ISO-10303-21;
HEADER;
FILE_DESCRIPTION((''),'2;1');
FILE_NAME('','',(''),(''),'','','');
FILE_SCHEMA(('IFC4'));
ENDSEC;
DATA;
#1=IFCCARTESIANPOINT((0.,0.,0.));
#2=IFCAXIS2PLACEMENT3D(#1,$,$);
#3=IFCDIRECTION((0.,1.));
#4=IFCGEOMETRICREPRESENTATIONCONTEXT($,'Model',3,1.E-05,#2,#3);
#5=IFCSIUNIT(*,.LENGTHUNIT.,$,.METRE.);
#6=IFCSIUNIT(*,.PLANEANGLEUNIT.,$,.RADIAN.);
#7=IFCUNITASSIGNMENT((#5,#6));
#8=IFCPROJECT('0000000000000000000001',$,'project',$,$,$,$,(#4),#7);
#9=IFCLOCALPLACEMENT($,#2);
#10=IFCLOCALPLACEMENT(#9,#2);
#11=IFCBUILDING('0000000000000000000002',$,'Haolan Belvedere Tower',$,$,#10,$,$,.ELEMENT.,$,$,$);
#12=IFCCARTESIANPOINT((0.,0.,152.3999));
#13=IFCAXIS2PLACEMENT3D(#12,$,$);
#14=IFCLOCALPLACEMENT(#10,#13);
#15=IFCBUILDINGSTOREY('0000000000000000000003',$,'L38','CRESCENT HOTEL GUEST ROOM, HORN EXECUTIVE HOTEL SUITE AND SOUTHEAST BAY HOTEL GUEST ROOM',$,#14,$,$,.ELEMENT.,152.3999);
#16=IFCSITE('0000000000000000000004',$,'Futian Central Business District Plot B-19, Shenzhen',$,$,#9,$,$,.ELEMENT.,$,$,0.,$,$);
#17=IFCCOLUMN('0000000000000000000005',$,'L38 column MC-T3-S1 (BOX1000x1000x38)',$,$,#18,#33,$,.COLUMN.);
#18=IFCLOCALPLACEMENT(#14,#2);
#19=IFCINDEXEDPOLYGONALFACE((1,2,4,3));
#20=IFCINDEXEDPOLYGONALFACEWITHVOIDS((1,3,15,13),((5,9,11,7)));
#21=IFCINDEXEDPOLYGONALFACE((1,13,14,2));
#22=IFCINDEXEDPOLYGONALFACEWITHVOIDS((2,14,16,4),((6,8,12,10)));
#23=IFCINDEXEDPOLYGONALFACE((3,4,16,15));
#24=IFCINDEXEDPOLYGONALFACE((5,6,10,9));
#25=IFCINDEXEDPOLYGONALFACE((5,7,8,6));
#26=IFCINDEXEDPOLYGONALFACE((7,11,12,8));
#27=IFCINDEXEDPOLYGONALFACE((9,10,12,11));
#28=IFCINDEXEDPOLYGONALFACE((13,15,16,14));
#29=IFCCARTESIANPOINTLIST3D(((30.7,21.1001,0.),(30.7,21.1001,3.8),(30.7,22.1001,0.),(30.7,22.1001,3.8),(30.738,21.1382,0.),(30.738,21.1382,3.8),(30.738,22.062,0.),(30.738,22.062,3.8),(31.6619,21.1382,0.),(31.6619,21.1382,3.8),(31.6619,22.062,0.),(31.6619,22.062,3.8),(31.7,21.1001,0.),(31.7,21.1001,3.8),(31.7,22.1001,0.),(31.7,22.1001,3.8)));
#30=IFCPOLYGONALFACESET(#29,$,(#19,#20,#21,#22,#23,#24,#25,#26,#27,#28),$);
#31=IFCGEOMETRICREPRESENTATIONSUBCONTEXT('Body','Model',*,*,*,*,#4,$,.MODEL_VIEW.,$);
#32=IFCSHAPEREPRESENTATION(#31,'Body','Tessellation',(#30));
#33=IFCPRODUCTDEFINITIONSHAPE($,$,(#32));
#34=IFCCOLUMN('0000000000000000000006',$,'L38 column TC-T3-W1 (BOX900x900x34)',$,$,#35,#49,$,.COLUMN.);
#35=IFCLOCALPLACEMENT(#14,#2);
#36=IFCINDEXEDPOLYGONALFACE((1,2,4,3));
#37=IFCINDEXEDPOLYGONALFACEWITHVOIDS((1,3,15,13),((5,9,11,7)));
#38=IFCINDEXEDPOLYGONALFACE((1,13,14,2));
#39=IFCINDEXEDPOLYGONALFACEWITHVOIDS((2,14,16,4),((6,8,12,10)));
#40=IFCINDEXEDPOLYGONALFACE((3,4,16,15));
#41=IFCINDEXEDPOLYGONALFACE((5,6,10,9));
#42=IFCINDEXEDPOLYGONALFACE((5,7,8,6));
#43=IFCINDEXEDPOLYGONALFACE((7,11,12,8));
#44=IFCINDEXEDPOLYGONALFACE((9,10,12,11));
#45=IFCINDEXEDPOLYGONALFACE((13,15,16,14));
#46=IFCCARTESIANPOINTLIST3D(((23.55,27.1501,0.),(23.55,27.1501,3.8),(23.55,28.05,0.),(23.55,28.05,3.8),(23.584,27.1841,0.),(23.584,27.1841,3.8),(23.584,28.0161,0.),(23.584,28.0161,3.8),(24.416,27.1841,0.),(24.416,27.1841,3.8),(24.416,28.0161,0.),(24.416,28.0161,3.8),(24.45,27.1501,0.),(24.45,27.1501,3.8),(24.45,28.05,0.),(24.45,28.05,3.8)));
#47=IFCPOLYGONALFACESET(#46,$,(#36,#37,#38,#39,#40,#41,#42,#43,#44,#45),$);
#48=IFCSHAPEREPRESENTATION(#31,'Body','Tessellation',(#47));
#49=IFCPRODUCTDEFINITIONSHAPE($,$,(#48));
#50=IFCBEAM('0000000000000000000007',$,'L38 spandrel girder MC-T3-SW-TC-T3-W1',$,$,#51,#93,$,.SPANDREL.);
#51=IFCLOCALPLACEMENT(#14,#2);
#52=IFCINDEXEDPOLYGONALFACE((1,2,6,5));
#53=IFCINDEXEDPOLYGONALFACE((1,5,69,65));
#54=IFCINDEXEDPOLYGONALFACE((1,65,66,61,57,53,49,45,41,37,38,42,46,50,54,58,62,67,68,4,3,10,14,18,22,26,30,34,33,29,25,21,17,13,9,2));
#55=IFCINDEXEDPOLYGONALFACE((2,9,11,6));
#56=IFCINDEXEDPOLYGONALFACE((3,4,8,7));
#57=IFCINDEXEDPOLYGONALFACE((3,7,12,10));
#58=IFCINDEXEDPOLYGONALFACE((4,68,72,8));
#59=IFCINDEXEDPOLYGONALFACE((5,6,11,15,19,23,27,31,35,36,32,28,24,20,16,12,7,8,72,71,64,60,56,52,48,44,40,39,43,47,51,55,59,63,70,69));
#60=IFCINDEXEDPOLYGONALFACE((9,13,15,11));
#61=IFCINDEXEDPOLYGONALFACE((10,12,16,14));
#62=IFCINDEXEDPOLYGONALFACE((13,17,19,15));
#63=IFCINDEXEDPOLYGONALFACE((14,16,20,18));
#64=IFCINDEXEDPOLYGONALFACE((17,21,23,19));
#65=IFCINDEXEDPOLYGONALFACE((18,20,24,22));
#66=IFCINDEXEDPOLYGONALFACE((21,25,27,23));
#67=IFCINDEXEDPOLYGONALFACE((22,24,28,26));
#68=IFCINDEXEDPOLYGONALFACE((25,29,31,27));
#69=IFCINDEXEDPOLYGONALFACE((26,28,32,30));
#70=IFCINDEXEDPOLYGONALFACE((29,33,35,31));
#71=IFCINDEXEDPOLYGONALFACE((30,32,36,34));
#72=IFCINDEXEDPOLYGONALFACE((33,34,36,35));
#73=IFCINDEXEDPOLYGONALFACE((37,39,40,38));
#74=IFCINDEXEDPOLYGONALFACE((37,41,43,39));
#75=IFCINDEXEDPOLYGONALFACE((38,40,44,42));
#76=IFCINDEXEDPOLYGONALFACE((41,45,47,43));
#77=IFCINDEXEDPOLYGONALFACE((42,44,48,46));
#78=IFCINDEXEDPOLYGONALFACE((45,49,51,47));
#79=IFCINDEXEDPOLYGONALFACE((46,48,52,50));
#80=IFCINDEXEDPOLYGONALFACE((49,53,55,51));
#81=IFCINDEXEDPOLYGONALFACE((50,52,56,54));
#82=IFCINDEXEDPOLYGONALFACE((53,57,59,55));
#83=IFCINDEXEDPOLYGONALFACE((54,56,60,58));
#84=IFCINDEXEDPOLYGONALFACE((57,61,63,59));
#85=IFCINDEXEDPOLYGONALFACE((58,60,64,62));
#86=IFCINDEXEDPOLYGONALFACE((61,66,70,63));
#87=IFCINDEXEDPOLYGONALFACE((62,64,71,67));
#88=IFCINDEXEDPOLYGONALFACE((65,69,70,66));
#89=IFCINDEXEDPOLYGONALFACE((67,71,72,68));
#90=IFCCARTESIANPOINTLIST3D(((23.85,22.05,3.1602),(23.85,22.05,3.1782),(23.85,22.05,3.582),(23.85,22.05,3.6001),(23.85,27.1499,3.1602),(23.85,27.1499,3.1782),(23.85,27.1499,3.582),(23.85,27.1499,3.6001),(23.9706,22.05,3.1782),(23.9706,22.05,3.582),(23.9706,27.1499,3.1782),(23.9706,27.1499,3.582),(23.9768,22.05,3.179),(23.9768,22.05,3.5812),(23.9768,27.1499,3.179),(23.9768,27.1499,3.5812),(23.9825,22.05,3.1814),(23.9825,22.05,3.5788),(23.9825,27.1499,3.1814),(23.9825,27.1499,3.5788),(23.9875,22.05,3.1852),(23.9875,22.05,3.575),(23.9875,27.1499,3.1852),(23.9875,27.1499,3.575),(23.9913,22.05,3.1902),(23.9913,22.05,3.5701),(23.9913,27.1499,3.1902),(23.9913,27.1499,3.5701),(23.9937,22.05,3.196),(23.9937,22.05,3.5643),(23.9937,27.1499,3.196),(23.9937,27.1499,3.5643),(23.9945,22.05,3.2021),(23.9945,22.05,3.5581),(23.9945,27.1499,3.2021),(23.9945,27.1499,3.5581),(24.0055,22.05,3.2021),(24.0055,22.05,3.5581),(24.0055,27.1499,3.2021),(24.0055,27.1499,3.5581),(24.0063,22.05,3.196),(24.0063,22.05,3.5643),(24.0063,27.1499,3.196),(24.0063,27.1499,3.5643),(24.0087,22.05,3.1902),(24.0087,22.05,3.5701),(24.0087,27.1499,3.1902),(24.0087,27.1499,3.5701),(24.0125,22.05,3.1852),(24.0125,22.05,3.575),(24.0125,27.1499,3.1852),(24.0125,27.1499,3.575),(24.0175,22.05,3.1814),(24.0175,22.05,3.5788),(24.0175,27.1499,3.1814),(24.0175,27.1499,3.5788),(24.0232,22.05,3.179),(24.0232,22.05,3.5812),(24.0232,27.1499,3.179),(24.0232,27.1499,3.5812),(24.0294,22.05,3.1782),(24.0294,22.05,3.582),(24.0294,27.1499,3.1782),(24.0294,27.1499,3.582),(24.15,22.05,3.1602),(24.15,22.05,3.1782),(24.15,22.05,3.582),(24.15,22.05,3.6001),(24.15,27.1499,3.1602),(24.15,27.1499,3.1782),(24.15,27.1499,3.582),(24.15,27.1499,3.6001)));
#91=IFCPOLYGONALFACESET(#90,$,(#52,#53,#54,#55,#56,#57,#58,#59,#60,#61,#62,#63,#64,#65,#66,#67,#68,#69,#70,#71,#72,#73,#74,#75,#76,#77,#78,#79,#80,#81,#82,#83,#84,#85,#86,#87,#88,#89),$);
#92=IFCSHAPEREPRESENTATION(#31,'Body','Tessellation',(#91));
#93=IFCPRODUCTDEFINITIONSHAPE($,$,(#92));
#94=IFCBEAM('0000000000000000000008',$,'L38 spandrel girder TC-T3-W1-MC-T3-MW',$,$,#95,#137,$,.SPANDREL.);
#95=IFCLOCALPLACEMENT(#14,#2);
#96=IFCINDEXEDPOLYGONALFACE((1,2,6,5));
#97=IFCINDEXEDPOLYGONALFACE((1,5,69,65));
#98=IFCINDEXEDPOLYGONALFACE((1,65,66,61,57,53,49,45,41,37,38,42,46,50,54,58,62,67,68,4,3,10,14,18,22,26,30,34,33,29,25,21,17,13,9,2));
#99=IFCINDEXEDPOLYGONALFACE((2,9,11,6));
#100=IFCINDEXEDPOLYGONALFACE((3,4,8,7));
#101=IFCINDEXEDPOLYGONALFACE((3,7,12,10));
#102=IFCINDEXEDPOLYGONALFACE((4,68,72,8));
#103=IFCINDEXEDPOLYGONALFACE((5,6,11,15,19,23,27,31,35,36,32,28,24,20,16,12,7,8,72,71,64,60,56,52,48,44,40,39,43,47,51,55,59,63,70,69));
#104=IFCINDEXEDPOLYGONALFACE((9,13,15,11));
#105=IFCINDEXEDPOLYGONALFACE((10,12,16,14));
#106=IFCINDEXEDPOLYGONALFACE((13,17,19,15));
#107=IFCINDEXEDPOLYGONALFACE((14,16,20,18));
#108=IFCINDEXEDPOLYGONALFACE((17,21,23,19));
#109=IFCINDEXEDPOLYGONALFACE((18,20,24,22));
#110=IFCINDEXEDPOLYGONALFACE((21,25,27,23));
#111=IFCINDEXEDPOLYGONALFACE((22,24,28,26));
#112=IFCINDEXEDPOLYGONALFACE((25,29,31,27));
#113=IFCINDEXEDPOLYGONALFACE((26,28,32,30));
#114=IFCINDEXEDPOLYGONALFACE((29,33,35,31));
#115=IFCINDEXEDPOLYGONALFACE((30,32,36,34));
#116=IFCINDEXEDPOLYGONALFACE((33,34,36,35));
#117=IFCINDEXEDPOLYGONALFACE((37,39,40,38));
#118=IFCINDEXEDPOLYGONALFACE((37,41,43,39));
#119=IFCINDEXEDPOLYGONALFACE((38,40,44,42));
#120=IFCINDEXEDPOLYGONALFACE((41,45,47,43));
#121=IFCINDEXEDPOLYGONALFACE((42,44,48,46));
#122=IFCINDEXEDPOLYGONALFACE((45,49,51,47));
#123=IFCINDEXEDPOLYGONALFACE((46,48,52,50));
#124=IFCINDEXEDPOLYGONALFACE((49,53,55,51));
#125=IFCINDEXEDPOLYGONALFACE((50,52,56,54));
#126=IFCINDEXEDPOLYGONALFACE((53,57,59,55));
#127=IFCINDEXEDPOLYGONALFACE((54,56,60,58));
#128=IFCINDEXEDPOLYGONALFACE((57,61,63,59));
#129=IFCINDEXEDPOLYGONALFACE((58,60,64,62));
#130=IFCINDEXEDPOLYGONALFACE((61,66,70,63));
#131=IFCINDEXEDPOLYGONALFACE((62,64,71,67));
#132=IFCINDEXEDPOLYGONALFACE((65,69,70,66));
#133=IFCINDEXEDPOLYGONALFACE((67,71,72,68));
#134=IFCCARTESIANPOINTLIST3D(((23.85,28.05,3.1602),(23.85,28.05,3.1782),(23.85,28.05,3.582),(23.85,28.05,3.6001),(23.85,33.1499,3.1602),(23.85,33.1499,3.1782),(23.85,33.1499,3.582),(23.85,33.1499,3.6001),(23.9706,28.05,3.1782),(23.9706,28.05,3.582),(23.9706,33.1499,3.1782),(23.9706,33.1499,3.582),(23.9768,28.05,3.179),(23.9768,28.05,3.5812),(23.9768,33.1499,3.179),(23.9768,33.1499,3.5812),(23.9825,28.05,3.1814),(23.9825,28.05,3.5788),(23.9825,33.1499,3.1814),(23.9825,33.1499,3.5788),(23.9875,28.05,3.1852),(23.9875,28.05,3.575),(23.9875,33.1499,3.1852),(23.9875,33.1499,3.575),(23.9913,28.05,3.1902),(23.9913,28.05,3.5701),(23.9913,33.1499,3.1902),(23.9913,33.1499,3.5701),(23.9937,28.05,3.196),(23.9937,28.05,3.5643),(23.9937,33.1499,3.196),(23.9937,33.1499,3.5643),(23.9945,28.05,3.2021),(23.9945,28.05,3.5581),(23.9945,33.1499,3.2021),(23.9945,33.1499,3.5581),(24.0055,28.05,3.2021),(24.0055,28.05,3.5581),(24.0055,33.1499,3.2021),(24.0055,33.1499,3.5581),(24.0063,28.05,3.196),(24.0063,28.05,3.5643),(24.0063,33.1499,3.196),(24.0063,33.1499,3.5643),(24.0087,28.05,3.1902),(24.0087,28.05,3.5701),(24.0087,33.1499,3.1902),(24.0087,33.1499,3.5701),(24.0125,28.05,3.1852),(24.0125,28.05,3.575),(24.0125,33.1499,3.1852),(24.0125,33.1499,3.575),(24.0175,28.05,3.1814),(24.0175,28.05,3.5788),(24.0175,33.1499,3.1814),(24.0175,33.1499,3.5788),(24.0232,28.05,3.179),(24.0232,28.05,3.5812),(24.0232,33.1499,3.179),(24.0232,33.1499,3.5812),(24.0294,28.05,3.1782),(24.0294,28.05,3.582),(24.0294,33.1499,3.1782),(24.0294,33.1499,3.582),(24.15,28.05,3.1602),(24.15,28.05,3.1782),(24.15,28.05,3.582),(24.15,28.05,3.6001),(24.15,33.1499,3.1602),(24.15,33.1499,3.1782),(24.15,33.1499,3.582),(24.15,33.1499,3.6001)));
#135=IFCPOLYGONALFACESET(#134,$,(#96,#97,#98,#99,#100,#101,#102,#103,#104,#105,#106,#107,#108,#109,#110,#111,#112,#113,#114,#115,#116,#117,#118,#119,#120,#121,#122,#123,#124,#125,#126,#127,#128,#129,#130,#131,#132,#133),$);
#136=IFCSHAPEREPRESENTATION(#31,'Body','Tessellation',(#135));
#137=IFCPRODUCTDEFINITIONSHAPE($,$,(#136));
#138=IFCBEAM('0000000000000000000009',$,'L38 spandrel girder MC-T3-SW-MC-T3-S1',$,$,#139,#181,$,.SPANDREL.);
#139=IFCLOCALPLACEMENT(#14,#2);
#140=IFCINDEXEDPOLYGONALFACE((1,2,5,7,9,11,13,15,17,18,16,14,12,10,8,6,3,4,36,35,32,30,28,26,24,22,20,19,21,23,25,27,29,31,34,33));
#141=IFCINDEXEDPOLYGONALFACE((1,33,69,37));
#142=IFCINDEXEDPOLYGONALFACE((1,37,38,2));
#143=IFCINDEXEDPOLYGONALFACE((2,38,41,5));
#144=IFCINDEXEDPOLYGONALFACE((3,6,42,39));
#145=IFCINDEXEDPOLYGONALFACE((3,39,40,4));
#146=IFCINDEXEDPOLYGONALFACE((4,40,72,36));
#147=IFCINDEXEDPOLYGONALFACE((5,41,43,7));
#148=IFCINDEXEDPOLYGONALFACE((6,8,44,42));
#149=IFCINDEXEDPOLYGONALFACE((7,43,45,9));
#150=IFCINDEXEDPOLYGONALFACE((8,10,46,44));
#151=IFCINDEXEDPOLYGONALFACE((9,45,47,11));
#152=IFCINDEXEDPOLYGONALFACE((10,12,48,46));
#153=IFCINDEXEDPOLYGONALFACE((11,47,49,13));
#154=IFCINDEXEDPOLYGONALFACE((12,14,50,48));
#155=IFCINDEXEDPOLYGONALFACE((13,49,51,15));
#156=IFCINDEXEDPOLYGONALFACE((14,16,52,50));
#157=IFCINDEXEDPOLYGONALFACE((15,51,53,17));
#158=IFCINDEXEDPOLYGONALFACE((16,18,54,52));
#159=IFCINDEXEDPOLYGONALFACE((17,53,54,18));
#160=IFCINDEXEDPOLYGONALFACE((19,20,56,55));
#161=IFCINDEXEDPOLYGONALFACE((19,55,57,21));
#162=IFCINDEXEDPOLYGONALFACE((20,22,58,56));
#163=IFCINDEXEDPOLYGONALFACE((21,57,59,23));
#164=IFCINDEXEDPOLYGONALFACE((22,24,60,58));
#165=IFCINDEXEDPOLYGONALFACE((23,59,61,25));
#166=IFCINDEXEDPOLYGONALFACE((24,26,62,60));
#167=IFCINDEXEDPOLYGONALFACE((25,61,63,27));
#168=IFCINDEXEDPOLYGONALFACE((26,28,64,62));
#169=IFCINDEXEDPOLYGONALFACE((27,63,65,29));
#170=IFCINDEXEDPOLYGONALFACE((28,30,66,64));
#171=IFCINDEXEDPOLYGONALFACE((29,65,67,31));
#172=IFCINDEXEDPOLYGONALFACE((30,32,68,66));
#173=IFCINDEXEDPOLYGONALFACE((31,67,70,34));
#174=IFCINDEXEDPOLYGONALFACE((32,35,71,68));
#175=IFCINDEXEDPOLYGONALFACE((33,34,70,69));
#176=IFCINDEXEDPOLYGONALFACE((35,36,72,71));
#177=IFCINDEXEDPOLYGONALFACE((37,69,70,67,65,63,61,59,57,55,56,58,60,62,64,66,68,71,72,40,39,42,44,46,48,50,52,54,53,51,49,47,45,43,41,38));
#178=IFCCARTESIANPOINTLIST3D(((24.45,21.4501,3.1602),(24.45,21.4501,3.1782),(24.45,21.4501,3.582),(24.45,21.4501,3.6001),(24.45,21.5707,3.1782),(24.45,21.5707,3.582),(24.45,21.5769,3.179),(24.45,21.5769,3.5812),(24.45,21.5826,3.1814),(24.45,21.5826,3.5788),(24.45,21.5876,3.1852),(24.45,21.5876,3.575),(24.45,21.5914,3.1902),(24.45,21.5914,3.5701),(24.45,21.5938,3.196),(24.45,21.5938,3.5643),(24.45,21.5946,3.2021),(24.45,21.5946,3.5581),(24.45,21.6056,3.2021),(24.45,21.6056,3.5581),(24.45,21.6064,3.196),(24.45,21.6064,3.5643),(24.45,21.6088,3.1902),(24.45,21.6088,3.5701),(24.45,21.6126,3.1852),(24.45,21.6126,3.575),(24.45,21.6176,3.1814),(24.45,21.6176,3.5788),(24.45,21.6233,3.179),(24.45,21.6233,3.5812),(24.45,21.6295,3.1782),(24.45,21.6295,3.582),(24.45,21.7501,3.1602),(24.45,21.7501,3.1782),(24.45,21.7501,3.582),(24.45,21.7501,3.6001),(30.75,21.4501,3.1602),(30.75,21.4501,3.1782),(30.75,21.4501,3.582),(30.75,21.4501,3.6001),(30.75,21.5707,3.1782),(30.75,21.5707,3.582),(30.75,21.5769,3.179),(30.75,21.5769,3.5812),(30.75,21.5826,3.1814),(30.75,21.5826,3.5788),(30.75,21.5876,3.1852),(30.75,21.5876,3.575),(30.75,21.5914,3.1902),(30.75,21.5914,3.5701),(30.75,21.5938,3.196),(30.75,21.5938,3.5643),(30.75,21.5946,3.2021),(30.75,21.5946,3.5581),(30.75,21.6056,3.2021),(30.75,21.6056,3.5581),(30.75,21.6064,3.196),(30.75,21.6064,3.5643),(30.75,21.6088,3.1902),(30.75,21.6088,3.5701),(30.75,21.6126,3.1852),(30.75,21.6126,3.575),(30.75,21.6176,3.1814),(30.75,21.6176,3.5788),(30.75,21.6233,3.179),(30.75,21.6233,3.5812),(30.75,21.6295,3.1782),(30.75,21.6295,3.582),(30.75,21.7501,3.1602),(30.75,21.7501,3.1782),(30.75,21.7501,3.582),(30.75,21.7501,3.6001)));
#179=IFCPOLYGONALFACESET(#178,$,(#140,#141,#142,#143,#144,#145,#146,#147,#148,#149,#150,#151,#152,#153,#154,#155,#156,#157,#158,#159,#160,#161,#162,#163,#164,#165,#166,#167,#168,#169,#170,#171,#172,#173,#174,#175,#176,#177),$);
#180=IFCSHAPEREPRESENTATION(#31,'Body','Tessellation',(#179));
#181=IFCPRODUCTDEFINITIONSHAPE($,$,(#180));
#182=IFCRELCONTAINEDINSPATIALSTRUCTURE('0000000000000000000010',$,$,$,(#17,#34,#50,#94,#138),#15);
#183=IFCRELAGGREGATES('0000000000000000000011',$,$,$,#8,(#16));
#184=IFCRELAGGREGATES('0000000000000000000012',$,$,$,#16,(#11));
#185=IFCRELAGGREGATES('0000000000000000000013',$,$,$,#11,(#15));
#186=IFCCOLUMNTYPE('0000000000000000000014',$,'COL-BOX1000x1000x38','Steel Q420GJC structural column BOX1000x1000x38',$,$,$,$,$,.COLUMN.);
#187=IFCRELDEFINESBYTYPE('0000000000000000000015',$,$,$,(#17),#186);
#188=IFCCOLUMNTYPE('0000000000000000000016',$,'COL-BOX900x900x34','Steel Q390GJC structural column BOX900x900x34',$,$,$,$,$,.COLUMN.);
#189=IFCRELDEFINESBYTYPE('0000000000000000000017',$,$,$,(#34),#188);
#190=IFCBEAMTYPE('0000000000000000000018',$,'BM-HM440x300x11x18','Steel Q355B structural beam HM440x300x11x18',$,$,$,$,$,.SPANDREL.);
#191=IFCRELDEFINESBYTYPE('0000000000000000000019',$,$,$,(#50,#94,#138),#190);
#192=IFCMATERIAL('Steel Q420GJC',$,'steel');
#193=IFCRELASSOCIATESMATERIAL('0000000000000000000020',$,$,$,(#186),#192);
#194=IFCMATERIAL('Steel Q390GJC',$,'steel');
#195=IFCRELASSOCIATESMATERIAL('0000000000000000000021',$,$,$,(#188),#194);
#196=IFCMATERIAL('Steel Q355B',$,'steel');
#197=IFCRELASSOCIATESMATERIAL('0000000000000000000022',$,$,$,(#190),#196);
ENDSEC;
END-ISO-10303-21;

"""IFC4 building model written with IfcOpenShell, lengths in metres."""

from ifc_helpers import new_model, si_unit, direction, frame, origin, origin_2d, place, context, subcontext, project, spatial, hollow_rectangle, i_section, extrude, material, material_profile, profile_set, type_object, element, save


model = new_model("IFC4")

# Units and contexts
model_context = context("Model", 3, precision=1e-05, world=origin(), true_north=direction((0.0, 1.0)))
body_context = subcontext(model_context, "Body", "Model", "MODEL_VIEW")
ifc_project = project(units=[si_unit("LENGTHUNIT", "METRE"), si_unit("PLANEANGLEUNIT", "RADIAN")], contexts=[model_context])

# Site, building, storey
site_placement = place(None, origin())
site = spatial("IfcSite", under=ifc_project, at=site_placement, Name="Futian Central Business District Plot B-19, Shenzhen", CompositionType="ELEMENT", RefElevation=0.0)
building_placement = place(site_placement, origin())
building = spatial("IfcBuilding", under=site, at=building_placement, Name="Haolan Belvedere Tower", CompositionType="ELEMENT")
storey_placement = place(building_placement, frame((0.0, 0.0, 152.3999)))
storey = spatial("IfcBuildingStorey", under=building, at=storey_placement, Name="L38", Description="CRESCENT HOTEL GUEST ROOM, HORN EXECUTIVE HOTEL SUITE AND SOUTHEAST BAY HOTEL GUEST ROOM", CompositionType="ELEMENT", Elevation=152.3999)

# Columns
ifc_material_1 = material(Name="Steel Q420GJC", Category="steel")
ifc_material_profile_1 = material_profile(ifc_material_1, hollow_rectangle(XDim=1.0, YDim=1.0, WallThickness=0.0381, at=origin_2d()), Name="Steel Q420GJC")
ifc_profile_set_1 = profile_set([ifc_material_profile_1], Name="Steel Q420GJC")
column_type_1 = type_object("IfcColumnType", Name="COL-BOX1000x1000x38", Description="Steel Q420GJC structural column BOX1000x1000x38", PredefinedType="COLUMN", material=ifc_profile_set_1)
column_1_placement = place(storey_placement, frame((31.2, 21.6001, 0.0), z_axis=(0.0, 0.0, 1.0), x_axis=(1.0, 0.0, 0.0)))
element("IfcColumn", 1, at=column_1_placement, inside=storey, type_object=column_type_1, Name="L38 column MC-T3-S1 (BOX1000x1000x38)", PredefinedType="COLUMN", context=body_context, shape_type="SweptSolid", body=[
    extrude(hollow_rectangle(XDim=1.0, YDim=1.0, WallThickness=0.0381, at=origin_2d()), origin(), (0.0, 0.0, 1.0), 3.8),
])
ifc_material_2 = material(Name="Steel Q390GJC", Category="steel")
ifc_material_profile_2 = material_profile(ifc_material_2, hollow_rectangle(XDim=0.8999, YDim=0.8999, WallThickness=0.0339, at=origin_2d()), Name="Steel Q390GJC")
ifc_profile_set_2 = profile_set([ifc_material_profile_2], Name="Steel Q390GJC")
column_type_2 = type_object("IfcColumnType", Name="COL-BOX900x900x34", Description="Steel Q390GJC structural column BOX900x900x34", PredefinedType="COLUMN", material=ifc_profile_set_2)
column_2_placement = place(storey_placement, frame((24.0, 27.6001, 0.0), z_axis=(0.0, 0.0, 1.0), x_axis=(1.0, 0.0, 0.0)))
element("IfcColumn", 2, at=column_2_placement, inside=storey, type_object=column_type_2, Name="L38 column TC-T3-W1 (BOX900x900x34)", PredefinedType="COLUMN", context=body_context, shape_type="SweptSolid", body=[
    extrude(hollow_rectangle(XDim=0.8999, YDim=0.8999, WallThickness=0.0339, at=origin_2d()), origin(), (0.0, 0.0, 1.0), 3.8),
])

# Beams
ifc_material_3 = material(Name="Steel Q355B", Category="steel")
ifc_material_profile_3 = material_profile(ifc_material_3, i_section(OverallWidth=0.3, OverallDepth=0.4399, WebThickness=0.011, FlangeThickness=0.0181, FilletRadius=0.0239, at=origin_2d()), Name="Steel Q355B")
ifc_profile_set_3 = profile_set([ifc_material_profile_3], Name="Steel Q355B")
beam_type_1 = type_object("IfcBeamType", Name="BM-HM440x300x11x18", Description="Steel Q355B structural beam HM440x300x11x18", PredefinedType="SPANDREL", material=ifc_profile_set_3)
for number, where, z_axis, x_axis, name in (
    (3, (24.0, 22.05, 3.3801), (0.0, 1.0, 0.0), (-1.0, 0.0, 0.0), "L38 spandrel girder MC-T3-SW-TC-T3-W1"),
    (4, (24.0, 28.05, 3.3801), (0.0, 1.0, 0.0), (-1.0, 0.0, 0.0), "L38 spandrel girder TC-T3-W1-MC-T3-MW"),
):
    element("IfcBeam", number, at=place(storey_placement, frame(where, z_axis=z_axis, x_axis=x_axis)), inside=storey, type_object=beam_type_1, Name=name, PredefinedType="SPANDREL", context=body_context, shape_type="SweptSolid", body=[
        extrude(i_section(OverallWidth=0.3, OverallDepth=0.4399, WebThickness=0.011, FlangeThickness=0.0181, FilletRadius=0.0239, at=origin_2d()), origin(), (0.0, 0.0, 1.0), 5.0999),
    ])
for number, where, z_axis, x_axis, name in (
    (5, (24.45, 21.6001, 3.3801), (1.0, 0.0, 0.0), (0.0, 1.0, 0.0), "L38 spandrel girder MC-T3-SW-MC-T3-S1"),
):
    element("IfcBeam", number, at=place(storey_placement, frame(where, z_axis=z_axis, x_axis=x_axis)), inside=storey, type_object=beam_type_1, Name=name, PredefinedType="SPANDREL", context=body_context, shape_type="SweptSolid", body=[
        extrude(i_section(OverallWidth=0.3, OverallDepth=0.4399, WebThickness=0.011, FlangeThickness=0.0181, FilletRadius=0.0239, at=origin_2d()), origin(), (0.0, 0.0, 1.0), 6.3),
    ])

save(model, "model.ifc")
